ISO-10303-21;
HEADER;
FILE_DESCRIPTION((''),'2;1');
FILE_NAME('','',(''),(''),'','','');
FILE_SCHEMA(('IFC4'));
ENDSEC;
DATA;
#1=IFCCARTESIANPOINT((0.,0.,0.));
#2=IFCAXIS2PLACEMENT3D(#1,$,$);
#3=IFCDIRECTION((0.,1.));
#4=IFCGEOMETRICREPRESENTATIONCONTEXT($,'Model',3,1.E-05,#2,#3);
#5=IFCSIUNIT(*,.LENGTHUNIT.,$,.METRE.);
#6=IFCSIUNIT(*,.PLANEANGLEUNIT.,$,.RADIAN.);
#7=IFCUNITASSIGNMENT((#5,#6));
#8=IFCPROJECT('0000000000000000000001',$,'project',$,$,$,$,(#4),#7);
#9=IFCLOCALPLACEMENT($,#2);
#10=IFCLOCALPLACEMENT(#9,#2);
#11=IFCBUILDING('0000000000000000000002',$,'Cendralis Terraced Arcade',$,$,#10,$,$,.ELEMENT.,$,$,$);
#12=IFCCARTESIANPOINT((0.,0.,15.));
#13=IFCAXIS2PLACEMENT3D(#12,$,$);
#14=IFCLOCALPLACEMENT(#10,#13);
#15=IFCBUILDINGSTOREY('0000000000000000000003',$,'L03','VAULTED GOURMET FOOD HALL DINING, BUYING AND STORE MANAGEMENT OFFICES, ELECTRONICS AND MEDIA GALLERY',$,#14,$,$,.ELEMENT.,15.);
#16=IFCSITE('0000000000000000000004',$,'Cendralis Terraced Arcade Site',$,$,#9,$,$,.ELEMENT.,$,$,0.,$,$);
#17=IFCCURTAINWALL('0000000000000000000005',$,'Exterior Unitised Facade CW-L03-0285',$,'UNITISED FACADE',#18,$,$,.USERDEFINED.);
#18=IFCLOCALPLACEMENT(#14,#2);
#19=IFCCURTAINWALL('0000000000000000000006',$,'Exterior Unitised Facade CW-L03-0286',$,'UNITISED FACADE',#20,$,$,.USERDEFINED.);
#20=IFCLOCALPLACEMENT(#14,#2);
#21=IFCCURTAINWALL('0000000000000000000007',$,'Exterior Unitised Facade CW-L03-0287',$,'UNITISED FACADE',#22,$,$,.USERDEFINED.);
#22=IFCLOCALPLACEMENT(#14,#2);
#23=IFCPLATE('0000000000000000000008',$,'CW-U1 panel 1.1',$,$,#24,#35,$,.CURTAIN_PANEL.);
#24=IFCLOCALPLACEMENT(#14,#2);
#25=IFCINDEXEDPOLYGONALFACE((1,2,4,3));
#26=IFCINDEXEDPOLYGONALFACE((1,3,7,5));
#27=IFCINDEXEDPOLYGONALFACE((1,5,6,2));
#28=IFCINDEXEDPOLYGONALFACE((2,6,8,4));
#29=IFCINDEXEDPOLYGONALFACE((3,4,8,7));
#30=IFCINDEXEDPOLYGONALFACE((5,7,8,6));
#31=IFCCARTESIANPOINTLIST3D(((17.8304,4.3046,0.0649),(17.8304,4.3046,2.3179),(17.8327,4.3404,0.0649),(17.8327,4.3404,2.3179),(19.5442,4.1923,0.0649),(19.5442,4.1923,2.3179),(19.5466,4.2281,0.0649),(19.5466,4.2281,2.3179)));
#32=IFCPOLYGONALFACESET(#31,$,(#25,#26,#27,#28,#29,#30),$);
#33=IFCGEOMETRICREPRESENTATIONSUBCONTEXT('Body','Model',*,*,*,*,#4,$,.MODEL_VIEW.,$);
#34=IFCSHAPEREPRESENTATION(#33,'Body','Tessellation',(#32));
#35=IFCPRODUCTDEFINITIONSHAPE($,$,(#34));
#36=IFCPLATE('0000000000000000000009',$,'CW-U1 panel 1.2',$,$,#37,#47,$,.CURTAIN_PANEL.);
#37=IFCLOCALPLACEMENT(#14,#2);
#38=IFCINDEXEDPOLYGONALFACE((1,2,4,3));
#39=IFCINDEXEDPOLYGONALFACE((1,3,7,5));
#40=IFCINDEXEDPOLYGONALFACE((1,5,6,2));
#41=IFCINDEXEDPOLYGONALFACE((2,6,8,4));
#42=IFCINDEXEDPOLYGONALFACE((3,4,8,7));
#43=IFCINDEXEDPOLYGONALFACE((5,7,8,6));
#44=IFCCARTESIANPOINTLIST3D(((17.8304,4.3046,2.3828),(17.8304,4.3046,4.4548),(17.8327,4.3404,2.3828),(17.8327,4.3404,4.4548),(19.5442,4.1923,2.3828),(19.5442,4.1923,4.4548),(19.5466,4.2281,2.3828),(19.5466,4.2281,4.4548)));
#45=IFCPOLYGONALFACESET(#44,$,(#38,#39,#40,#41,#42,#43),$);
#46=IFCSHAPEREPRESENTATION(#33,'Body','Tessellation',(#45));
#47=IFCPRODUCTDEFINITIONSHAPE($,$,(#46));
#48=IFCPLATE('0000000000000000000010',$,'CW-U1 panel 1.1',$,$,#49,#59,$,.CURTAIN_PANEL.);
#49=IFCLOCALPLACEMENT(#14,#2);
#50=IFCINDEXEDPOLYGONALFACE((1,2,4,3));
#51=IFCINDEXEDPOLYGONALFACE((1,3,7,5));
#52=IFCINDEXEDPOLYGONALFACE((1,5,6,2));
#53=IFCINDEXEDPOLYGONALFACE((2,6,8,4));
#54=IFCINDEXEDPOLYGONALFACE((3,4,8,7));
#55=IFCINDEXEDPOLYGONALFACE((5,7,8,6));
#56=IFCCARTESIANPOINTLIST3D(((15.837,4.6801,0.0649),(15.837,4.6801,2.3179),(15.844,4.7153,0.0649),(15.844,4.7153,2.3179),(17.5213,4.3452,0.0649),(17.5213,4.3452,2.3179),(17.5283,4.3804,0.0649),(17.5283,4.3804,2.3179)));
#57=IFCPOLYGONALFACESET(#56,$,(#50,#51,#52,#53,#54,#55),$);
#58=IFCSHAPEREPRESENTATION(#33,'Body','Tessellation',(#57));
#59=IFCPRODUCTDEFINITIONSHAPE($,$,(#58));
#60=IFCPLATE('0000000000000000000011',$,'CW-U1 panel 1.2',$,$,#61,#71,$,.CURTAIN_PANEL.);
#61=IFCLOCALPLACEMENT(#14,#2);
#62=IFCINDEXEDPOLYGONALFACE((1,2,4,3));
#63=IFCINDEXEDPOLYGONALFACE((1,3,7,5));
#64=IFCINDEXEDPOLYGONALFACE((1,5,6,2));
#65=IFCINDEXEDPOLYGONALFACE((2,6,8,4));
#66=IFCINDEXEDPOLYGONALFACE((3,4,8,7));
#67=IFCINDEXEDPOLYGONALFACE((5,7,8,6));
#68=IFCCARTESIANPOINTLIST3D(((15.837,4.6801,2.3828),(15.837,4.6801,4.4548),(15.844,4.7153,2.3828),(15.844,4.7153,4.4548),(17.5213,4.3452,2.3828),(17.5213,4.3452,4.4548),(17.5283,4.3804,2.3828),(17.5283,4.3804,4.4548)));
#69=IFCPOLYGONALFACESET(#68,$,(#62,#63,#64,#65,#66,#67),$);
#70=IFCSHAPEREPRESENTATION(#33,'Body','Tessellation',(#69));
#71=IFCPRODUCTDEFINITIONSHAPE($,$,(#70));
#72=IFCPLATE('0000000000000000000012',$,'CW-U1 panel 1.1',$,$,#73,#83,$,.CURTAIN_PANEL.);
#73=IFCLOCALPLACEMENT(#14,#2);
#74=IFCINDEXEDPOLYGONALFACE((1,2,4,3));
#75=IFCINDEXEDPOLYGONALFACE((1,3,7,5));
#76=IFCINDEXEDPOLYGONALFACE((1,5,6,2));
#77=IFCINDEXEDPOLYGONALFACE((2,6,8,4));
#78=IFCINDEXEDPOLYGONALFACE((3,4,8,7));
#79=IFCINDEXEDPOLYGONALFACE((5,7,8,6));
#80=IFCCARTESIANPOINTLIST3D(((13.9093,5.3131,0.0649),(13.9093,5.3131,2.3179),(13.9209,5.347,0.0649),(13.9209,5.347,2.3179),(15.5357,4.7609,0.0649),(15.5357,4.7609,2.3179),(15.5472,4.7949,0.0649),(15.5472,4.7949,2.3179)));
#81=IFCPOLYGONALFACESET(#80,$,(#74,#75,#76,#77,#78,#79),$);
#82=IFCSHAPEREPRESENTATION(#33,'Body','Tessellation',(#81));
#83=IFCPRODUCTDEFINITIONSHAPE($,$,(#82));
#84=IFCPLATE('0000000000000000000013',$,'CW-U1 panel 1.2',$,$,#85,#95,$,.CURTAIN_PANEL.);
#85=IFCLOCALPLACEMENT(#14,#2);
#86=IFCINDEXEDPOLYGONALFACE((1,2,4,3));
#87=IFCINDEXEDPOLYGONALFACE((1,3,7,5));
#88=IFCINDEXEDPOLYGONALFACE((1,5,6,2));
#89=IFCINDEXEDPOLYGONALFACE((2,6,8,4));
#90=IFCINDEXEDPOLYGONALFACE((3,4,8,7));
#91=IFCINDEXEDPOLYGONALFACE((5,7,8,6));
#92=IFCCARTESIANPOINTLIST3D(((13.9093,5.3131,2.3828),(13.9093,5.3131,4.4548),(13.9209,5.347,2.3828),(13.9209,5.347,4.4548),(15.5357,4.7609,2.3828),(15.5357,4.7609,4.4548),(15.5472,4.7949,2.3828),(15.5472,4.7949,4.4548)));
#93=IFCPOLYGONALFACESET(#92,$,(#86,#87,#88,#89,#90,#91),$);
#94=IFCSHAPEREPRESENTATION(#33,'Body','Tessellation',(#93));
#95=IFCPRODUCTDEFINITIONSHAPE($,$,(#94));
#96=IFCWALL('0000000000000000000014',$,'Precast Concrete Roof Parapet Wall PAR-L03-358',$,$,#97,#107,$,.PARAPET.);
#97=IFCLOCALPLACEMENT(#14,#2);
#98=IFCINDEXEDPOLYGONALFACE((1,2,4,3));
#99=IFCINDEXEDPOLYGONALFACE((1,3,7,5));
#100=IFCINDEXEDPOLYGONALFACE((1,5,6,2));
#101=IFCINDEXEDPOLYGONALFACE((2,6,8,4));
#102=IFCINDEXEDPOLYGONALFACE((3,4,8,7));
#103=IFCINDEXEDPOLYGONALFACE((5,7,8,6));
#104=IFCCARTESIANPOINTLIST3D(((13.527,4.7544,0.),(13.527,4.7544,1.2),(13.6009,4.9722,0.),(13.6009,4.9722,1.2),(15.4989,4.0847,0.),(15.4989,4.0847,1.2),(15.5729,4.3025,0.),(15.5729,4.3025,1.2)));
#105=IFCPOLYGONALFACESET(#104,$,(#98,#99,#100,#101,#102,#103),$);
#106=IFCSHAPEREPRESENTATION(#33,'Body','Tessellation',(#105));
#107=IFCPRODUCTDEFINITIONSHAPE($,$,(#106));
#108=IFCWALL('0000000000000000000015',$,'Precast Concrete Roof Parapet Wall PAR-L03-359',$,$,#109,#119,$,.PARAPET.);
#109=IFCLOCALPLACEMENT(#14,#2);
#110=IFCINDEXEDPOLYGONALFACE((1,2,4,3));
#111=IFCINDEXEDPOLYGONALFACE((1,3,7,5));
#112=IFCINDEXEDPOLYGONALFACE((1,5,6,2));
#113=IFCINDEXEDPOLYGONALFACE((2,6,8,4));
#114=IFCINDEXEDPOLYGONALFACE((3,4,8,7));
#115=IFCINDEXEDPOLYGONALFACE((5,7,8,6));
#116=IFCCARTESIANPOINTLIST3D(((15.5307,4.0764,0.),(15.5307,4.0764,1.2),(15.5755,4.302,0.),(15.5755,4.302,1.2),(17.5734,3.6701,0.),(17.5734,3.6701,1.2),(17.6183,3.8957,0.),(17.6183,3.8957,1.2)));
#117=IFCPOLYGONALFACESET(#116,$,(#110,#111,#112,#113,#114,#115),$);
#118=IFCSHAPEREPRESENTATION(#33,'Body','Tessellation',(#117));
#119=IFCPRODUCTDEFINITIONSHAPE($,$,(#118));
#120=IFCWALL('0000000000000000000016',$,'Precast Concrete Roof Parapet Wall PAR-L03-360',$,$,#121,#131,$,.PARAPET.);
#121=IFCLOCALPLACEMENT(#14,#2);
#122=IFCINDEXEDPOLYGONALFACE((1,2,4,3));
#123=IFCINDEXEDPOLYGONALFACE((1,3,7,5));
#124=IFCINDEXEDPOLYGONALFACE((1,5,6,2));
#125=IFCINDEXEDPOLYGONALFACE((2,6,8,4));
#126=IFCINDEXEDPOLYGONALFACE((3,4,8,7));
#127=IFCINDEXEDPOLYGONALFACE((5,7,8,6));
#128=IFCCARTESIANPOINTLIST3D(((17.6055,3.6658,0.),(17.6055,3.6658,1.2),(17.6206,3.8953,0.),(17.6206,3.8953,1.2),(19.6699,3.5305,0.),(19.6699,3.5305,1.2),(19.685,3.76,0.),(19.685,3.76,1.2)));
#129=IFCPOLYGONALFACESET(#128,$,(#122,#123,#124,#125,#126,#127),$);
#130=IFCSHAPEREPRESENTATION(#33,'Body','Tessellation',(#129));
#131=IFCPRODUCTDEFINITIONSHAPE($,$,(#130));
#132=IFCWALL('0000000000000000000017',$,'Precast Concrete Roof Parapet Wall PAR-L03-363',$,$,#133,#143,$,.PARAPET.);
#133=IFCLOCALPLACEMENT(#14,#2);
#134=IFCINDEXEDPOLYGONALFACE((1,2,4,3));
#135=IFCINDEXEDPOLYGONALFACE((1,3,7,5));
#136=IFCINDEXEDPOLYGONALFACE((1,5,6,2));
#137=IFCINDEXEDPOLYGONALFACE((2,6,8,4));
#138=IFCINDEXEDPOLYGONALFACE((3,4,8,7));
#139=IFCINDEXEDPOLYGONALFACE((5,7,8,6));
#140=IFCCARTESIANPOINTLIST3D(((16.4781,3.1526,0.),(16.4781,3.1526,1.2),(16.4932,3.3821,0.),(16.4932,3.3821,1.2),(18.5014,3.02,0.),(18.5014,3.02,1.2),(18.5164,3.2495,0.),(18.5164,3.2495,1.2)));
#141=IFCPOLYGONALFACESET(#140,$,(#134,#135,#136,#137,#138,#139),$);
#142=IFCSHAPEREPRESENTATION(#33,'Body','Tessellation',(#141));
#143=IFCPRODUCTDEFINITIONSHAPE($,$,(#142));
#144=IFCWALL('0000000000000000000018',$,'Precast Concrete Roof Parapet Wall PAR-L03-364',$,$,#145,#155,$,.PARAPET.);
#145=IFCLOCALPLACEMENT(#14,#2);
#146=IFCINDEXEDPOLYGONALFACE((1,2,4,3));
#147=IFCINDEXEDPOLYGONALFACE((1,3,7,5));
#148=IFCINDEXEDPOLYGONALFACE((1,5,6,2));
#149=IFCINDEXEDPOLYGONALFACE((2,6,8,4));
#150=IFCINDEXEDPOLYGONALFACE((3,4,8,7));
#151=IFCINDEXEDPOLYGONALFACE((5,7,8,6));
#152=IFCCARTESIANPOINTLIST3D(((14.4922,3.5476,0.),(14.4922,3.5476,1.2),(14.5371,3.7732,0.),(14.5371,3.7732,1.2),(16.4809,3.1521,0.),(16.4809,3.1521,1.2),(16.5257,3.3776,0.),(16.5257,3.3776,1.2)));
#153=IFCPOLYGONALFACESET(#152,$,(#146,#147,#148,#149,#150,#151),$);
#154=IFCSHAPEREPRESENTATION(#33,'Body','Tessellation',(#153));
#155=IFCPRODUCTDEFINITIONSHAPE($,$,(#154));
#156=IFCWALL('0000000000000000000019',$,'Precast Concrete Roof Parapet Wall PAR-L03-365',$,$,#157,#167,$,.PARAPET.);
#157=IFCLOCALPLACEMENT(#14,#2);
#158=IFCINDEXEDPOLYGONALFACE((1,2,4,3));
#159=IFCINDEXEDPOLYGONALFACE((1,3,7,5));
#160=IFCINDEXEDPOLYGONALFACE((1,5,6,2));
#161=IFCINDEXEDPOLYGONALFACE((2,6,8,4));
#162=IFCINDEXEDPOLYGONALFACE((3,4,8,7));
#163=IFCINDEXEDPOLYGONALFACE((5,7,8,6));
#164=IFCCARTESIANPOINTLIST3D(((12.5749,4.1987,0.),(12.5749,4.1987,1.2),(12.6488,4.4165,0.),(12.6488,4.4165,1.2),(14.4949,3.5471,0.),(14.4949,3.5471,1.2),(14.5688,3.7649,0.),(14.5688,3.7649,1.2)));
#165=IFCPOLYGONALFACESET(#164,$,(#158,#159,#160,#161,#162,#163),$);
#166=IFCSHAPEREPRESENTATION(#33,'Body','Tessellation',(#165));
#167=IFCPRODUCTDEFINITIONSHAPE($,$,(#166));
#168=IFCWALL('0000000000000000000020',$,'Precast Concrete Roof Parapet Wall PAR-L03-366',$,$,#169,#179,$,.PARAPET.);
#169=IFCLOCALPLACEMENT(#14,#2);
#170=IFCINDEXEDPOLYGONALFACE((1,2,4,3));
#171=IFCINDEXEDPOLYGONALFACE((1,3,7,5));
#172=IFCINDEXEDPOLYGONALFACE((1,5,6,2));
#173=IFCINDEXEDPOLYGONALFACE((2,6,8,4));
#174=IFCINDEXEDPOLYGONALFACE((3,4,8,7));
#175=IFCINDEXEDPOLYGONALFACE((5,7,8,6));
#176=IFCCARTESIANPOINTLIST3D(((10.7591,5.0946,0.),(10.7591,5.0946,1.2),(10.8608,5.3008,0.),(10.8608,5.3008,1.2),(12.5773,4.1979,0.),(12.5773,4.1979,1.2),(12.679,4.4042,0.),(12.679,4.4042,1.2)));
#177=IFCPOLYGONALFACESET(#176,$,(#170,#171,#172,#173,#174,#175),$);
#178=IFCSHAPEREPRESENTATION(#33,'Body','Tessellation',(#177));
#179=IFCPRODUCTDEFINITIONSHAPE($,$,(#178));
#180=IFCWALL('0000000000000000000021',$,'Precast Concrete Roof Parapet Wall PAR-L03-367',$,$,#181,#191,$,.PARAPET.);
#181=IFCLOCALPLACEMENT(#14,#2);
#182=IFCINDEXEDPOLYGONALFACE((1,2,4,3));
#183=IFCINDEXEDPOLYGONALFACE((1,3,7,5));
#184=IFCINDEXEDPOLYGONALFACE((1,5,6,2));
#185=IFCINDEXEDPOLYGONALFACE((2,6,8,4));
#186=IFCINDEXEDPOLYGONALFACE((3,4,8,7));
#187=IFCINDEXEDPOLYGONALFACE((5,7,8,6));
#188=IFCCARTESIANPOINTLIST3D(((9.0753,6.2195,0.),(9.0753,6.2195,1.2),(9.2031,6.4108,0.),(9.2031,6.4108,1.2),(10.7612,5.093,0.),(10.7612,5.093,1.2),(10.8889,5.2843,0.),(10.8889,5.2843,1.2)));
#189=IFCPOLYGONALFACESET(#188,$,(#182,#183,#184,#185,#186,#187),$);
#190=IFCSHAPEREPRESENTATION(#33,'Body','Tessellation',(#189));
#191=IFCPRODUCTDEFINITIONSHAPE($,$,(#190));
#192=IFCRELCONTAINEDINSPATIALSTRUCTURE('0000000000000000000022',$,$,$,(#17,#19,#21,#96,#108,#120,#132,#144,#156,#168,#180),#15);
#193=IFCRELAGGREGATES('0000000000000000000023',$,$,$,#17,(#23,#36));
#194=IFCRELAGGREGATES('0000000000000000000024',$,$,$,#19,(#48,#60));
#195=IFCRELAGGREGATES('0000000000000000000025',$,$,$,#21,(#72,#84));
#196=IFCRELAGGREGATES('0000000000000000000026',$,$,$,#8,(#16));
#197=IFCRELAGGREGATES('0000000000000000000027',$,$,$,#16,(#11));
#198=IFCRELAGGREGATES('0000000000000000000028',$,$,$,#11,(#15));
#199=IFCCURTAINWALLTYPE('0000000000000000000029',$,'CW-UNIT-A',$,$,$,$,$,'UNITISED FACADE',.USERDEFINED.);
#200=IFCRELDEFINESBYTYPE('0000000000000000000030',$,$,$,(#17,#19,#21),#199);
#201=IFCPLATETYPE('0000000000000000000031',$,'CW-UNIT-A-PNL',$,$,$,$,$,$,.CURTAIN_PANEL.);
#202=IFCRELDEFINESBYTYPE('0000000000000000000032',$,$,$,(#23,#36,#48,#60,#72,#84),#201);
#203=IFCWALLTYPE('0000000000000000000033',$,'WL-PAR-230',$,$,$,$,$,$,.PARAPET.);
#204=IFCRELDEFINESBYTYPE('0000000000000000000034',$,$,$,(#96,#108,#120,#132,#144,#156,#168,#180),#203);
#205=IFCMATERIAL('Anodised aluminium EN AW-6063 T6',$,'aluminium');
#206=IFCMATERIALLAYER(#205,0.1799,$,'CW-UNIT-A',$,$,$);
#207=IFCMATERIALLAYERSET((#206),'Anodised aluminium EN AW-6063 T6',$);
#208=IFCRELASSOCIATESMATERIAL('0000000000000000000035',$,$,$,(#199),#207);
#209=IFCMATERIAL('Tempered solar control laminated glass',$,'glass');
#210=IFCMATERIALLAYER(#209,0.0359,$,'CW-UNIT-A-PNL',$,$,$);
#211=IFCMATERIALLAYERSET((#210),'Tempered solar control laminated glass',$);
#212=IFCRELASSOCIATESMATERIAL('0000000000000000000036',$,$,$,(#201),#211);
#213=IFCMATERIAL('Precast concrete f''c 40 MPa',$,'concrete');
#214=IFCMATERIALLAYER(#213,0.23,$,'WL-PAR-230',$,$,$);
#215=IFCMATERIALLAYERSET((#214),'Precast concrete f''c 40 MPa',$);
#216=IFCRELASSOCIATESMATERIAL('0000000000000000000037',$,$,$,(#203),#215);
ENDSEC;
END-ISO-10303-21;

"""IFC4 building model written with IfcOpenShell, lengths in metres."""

from ifc_helpers import new_model, si_unit, direction, frame, frame_2d, origin, origin_2d, place, context, subcontext, project, spatial, rectangle, extrude, material, layer, layer_set, type_object, element, aggregate, save


model = new_model("IFC4")

# Units and contexts
model_context = context("Model", 3, precision=1e-05, world=origin(), true_north=direction((0.0, 1.0)))
body_context = subcontext(model_context, "Body", "Model", "MODEL_VIEW")
ifc_project = project(units=[si_unit("LENGTHUNIT", "METRE"), si_unit("PLANEANGLEUNIT", "RADIAN")], contexts=[model_context])

# Site, building, storey
site_placement = place(None, origin())
site = spatial("IfcSite", under=ifc_project, at=site_placement, Name="Cendralis Terraced Arcade Site", CompositionType="ELEMENT", RefElevation=0.0)
building_placement = place(site_placement, origin())
building = spatial("IfcBuilding", under=site, at=building_placement, Name="Cendralis Terraced Arcade", CompositionType="ELEMENT")
storey_placement = place(building_placement, frame((0.0, 0.0, 15.0)))
storey = spatial("IfcBuildingStorey", under=building, at=storey_placement, Name="L03", Description="VAULTED GOURMET FOOD HALL DINING, BUYING AND STORE MANAGEMENT OFFICES, ELECTRONICS AND MEDIA GALLERY", CompositionType="ELEMENT", Elevation=15.0)

# Curtain walls
ifc_material_1 = material(Name="Anodised aluminium EN AW-6063 T6", Category="aluminium")
ifc_layer_1 = layer(ifc_material_1, 0.1799, Name="CW-UNIT-A")
ifc_layer_set_1 = layer_set([ifc_layer_1], Name="Anodised aluminium EN AW-6063 T6")
curtain_wall_type = type_object("IfcCurtainWallType", Name="CW-UNIT-A", ElementType="UNITISED FACADE", PredefinedType="USERDEFINED", material=ifc_layer_set_1)
curtain_wall_1_placement = place(storey_placement, origin())
curtain_wall_1 = element("IfcCurtainWall", 1, at=curtain_wall_1_placement, inside=storey, type_object=curtain_wall_type, Name="Exterior Unitised Facade CW-L03-0285", ObjectType="UNITISED FACADE", PredefinedType="USERDEFINED")
curtain_wall_2_placement = place(storey_placement, origin())
curtain_wall_2 = element("IfcCurtainWall", 2, at=curtain_wall_2_placement, inside=storey, type_object=curtain_wall_type, Name="Exterior Unitised Facade CW-L03-0286", ObjectType="UNITISED FACADE", PredefinedType="USERDEFINED")

# Curtain wall
curtain_wall_3_placement = place(storey_placement, origin())
curtain_wall_3 = element("IfcCurtainWall", 3, at=curtain_wall_3_placement, inside=storey, type_object=curtain_wall_type, Name="Exterior Unitised Facade CW-L03-0287", ObjectType="UNITISED FACADE", PredefinedType="USERDEFINED")

# Plates
ifc_material_2 = material(Name="Tempered solar control laminated glass", Category="glass")
ifc_layer_2 = layer(ifc_material_2, 0.0359, Name="CW-UNIT-A-PNL")
ifc_layer_set_2 = layer_set([ifc_layer_2], Name="Tempered solar control laminated glass")
plate_type = type_object("IfcPlateType", Name="CW-UNIT-A-PNL", PredefinedType="CURTAIN_PANEL", material=ifc_layer_set_2)
plate_1_placement = place(storey_placement, frame((18.6885, 4.2664, 0.0649), z_axis=(0.0, 0.0, 1.0), x_axis=(-0.99786, 0.065384, 0.0)))
plate_1 = element("IfcPlate", 4, at=plate_1_placement, type_object=plate_type, Name="CW-U1 panel 1.1", PredefinedType="CURTAIN_PANEL", context=body_context, shape_type="SweptSolid", body=[
    extrude(rectangle(XDim=1.7175, YDim=0.0359, at=origin_2d()), origin(), (0.0, 0.0, 1.0), 2.2529),
])
plate_2_placement = place(storey_placement, frame((18.6885, 4.2664, 2.3828), z_axis=(0.0, 0.0, 1.0), x_axis=(-0.99786, 0.065384, 0.0)))
plate_2 = element("IfcPlate", 5, at=plate_2_placement, type_object=plate_type, Name="CW-U1 panel 1.2", PredefinedType="CURTAIN_PANEL", context=body_context, shape_type="SweptSolid", body=[
    extrude(rectangle(XDim=1.7175, YDim=0.0359, at=origin_2d()), origin(), (0.0, 0.0, 1.0), 2.072),
])
aggregate(curtain_wall_1, [plate_1, plate_2])
plate_3_placement = place(storey_placement, frame((16.6826, 4.5303, 0.0649), z_axis=(0.0, 0.0, 1.0), x_axis=(-0.980797, 0.195033, 0.0)))
plate_3 = element("IfcPlate", 6, at=plate_3_placement, type_object=plate_type, Name="CW-U1 panel 1.1", PredefinedType="CURTAIN_PANEL", context=body_context, shape_type="SweptSolid", body=[
    extrude(rectangle(XDim=1.7173, YDim=0.0359, at=origin_2d()), origin(), (0.0, 0.0, 1.0), 2.2529),
])
plate_4_placement = place(storey_placement, frame((16.6826, 4.5303, 2.3828), z_axis=(0.0, 0.0, 1.0), x_axis=(-0.980797, 0.195033, 0.0)))
plate_4 = element("IfcPlate", 7, at=plate_4_placement, type_object=plate_type, Name="CW-U1 panel 1.2", PredefinedType="CURTAIN_PANEL", context=body_context, shape_type="SweptSolid", body=[
    extrude(rectangle(XDim=1.7173, YDim=0.0359, at=origin_2d()), origin(), (0.0, 0.0, 1.0), 2.072),
])
aggregate(curtain_wall_2, [plate_3, plate_4])
plate_5_placement = place(storey_placement, frame((14.7283, 5.054, 0.0649), z_axis=(0.0, 0.0, 1.0), x_axis=(-0.94691, 0.3215, 0.0)))
plate_5 = element("IfcPlate", 8, at=plate_5_placement, type_object=plate_type, Name="CW-U1 panel 1.1", PredefinedType="CURTAIN_PANEL", context=body_context, shape_type="SweptSolid", body=[
    extrude(rectangle(XDim=1.7175, YDim=0.0359, at=origin_2d()), origin(), (0.0, 0.0, 1.0), 2.2529),
])
plate_6_placement = place(storey_placement, frame((14.7283, 5.054, 2.3828), z_axis=(0.0, 0.0, 1.0), x_axis=(-0.94691, 0.3215, 0.0)))
plate_6 = element("IfcPlate", 9, at=plate_6_placement, type_object=plate_type, Name="CW-U1 panel 1.2", PredefinedType="CURTAIN_PANEL", context=body_context, shape_type="SweptSolid", body=[
    extrude(rectangle(XDim=1.7175, YDim=0.0359, at=origin_2d()), origin(), (0.0, 0.0, 1.0), 2.072),
])
aggregate(curtain_wall_3, [plate_5, plate_6])

# Walls
ifc_material_3 = material(Name="Precast concrete f'c 40 MPa", Category="concrete")
ifc_layer_3 = layer(ifc_material_3, 0.23, Name="WL-PAR-230")
ifc_layer_set_3 = layer_set([ifc_layer_3], Name="Precast concrete f'c 40 MPa")
wall_type = type_object("IfcWallType", Name="WL-PAR-230", PredefinedType="PARAPET", material=ifc_layer_set_3)
wall_1_placement = place(storey_placement, frame((13.564, 4.8633, 0.0), z_axis=(0.0, 0.0, 1.0), x_axis=(0.946886, -0.321569, 0.0)))
element("IfcWall", 10, at=wall_1_placement, inside=storey, type_object=wall_type, Name="Precast Concrete Roof Parapet Wall PAR-L03-358", PredefinedType="PARAPET", context=body_context, shape_type="SweptSolid", body=[
    extrude(rectangle(XDim=2.0825, YDim=0.23, at=frame_2d((1.0413, 0.0))), origin(), (0.0, 0.0, 1.0), 1.2),
])
wall_2_placement = place(storey_placement, frame((15.553, 4.1892, 0.0), z_axis=(0.0, 0.0, 1.0), x_axis=(0.980792, -0.195057, 0.0)))
element("IfcWall", 11, at=wall_2_placement, inside=storey, type_object=wall_type, Name="Precast Concrete Roof Parapet Wall PAR-L03-359", PredefinedType="PARAPET", context=body_context, shape_type="SweptSolid", body=[
    extrude(rectangle(XDim=2.0828, YDim=0.23, at=frame_2d((1.0415, 0.0))), origin(), (0.0, 0.0, 1.0), 1.2),
])
wall_3_placement = place(storey_placement, frame((17.613, 3.7805, 0.0), z_axis=(0.0, 0.0, 1.0), x_axis=(0.997861, -0.065375, 0.0)))
element("IfcWall", 12, at=wall_3_placement, inside=storey, type_object=wall_type, Name="Precast Concrete Roof Parapet Wall PAR-L03-360", PredefinedType="PARAPET", context=body_context, shape_type="SweptSolid", body=[
    extrude(rectangle(XDim=2.0688, YDim=0.23, at=frame_2d((1.0344, 0.0))), origin(), (0.0, 0.0, 1.0), 1.2),
])
for number, where, z_axis, x_axis, name in (
    (13, (18.5088, 3.1348, 0.0), (0.0, 0.0, 1.0), (-0.99786, 0.065384, 0.0), "Precast Concrete Roof Parapet Wall PAR-L03-363"),
    (14, (16.5032, 3.2649, 0.0), (0.0, 0.0, 1.0), (-0.980789, 0.195074, 0.0), "Precast Concrete Roof Parapet Wall PAR-L03-364"),
    (15, (14.5317, 3.656, 0.0), (0.0, 0.0, 1.0), (-0.946947, 0.321389, 0.0), "Precast Concrete Roof Parapet Wall PAR-L03-365"),
):
    element("IfcWall", number, at=place(storey_placement, frame(where, z_axis=z_axis, x_axis=x_axis)), inside=storey, type_object=wall_type, Name=name, PredefinedType="PARAPET", context=body_context, shape_type="SweptSolid", body=[
        extrude(rectangle(XDim=2.0276, YDim=0.23, at=frame_2d((1.0137, 0.0))), origin(), (0.0, 0.0, 1.0), 1.2),
    ])
wall_4_placement = place(storey_placement, frame((12.6282, 4.301, 0.0), z_axis=(0.0, 0.0, 1.0), x_axis=(-0.89687, 0.442294, 0.0)))
element("IfcWall", 16, at=wall_4_placement, inside=storey, type_object=wall_type, Name="Precast Concrete Roof Parapet Wall PAR-L03-366", PredefinedType="PARAPET", context=body_context, shape_type="SweptSolid", body=[
    extrude(rectangle(XDim=2.0273, YDim=0.23, at=frame_2d((1.0137, 0.0))), origin(), (0.0, 0.0, 1.0), 1.2),
])
wall_5_placement = place(storey_placement, frame((10.825, 5.1887, 0.0), z_axis=(0.0, 0.0, 1.0), x_axis=(-0.831457, 0.555589, 0.0)))
element("IfcWall", 17, at=wall_5_placement, inside=storey, type_object=wall_type, Name="Precast Concrete Roof Parapet Wall PAR-L03-367", PredefinedType="PARAPET", context=body_context, shape_type="SweptSolid", body=[
    extrude(rectangle(XDim=2.0276, YDim=0.23, at=frame_2d((1.0137, 0.0))), origin(), (0.0, 0.0, 1.0), 1.2),
])

save(model, "model.ifc")
